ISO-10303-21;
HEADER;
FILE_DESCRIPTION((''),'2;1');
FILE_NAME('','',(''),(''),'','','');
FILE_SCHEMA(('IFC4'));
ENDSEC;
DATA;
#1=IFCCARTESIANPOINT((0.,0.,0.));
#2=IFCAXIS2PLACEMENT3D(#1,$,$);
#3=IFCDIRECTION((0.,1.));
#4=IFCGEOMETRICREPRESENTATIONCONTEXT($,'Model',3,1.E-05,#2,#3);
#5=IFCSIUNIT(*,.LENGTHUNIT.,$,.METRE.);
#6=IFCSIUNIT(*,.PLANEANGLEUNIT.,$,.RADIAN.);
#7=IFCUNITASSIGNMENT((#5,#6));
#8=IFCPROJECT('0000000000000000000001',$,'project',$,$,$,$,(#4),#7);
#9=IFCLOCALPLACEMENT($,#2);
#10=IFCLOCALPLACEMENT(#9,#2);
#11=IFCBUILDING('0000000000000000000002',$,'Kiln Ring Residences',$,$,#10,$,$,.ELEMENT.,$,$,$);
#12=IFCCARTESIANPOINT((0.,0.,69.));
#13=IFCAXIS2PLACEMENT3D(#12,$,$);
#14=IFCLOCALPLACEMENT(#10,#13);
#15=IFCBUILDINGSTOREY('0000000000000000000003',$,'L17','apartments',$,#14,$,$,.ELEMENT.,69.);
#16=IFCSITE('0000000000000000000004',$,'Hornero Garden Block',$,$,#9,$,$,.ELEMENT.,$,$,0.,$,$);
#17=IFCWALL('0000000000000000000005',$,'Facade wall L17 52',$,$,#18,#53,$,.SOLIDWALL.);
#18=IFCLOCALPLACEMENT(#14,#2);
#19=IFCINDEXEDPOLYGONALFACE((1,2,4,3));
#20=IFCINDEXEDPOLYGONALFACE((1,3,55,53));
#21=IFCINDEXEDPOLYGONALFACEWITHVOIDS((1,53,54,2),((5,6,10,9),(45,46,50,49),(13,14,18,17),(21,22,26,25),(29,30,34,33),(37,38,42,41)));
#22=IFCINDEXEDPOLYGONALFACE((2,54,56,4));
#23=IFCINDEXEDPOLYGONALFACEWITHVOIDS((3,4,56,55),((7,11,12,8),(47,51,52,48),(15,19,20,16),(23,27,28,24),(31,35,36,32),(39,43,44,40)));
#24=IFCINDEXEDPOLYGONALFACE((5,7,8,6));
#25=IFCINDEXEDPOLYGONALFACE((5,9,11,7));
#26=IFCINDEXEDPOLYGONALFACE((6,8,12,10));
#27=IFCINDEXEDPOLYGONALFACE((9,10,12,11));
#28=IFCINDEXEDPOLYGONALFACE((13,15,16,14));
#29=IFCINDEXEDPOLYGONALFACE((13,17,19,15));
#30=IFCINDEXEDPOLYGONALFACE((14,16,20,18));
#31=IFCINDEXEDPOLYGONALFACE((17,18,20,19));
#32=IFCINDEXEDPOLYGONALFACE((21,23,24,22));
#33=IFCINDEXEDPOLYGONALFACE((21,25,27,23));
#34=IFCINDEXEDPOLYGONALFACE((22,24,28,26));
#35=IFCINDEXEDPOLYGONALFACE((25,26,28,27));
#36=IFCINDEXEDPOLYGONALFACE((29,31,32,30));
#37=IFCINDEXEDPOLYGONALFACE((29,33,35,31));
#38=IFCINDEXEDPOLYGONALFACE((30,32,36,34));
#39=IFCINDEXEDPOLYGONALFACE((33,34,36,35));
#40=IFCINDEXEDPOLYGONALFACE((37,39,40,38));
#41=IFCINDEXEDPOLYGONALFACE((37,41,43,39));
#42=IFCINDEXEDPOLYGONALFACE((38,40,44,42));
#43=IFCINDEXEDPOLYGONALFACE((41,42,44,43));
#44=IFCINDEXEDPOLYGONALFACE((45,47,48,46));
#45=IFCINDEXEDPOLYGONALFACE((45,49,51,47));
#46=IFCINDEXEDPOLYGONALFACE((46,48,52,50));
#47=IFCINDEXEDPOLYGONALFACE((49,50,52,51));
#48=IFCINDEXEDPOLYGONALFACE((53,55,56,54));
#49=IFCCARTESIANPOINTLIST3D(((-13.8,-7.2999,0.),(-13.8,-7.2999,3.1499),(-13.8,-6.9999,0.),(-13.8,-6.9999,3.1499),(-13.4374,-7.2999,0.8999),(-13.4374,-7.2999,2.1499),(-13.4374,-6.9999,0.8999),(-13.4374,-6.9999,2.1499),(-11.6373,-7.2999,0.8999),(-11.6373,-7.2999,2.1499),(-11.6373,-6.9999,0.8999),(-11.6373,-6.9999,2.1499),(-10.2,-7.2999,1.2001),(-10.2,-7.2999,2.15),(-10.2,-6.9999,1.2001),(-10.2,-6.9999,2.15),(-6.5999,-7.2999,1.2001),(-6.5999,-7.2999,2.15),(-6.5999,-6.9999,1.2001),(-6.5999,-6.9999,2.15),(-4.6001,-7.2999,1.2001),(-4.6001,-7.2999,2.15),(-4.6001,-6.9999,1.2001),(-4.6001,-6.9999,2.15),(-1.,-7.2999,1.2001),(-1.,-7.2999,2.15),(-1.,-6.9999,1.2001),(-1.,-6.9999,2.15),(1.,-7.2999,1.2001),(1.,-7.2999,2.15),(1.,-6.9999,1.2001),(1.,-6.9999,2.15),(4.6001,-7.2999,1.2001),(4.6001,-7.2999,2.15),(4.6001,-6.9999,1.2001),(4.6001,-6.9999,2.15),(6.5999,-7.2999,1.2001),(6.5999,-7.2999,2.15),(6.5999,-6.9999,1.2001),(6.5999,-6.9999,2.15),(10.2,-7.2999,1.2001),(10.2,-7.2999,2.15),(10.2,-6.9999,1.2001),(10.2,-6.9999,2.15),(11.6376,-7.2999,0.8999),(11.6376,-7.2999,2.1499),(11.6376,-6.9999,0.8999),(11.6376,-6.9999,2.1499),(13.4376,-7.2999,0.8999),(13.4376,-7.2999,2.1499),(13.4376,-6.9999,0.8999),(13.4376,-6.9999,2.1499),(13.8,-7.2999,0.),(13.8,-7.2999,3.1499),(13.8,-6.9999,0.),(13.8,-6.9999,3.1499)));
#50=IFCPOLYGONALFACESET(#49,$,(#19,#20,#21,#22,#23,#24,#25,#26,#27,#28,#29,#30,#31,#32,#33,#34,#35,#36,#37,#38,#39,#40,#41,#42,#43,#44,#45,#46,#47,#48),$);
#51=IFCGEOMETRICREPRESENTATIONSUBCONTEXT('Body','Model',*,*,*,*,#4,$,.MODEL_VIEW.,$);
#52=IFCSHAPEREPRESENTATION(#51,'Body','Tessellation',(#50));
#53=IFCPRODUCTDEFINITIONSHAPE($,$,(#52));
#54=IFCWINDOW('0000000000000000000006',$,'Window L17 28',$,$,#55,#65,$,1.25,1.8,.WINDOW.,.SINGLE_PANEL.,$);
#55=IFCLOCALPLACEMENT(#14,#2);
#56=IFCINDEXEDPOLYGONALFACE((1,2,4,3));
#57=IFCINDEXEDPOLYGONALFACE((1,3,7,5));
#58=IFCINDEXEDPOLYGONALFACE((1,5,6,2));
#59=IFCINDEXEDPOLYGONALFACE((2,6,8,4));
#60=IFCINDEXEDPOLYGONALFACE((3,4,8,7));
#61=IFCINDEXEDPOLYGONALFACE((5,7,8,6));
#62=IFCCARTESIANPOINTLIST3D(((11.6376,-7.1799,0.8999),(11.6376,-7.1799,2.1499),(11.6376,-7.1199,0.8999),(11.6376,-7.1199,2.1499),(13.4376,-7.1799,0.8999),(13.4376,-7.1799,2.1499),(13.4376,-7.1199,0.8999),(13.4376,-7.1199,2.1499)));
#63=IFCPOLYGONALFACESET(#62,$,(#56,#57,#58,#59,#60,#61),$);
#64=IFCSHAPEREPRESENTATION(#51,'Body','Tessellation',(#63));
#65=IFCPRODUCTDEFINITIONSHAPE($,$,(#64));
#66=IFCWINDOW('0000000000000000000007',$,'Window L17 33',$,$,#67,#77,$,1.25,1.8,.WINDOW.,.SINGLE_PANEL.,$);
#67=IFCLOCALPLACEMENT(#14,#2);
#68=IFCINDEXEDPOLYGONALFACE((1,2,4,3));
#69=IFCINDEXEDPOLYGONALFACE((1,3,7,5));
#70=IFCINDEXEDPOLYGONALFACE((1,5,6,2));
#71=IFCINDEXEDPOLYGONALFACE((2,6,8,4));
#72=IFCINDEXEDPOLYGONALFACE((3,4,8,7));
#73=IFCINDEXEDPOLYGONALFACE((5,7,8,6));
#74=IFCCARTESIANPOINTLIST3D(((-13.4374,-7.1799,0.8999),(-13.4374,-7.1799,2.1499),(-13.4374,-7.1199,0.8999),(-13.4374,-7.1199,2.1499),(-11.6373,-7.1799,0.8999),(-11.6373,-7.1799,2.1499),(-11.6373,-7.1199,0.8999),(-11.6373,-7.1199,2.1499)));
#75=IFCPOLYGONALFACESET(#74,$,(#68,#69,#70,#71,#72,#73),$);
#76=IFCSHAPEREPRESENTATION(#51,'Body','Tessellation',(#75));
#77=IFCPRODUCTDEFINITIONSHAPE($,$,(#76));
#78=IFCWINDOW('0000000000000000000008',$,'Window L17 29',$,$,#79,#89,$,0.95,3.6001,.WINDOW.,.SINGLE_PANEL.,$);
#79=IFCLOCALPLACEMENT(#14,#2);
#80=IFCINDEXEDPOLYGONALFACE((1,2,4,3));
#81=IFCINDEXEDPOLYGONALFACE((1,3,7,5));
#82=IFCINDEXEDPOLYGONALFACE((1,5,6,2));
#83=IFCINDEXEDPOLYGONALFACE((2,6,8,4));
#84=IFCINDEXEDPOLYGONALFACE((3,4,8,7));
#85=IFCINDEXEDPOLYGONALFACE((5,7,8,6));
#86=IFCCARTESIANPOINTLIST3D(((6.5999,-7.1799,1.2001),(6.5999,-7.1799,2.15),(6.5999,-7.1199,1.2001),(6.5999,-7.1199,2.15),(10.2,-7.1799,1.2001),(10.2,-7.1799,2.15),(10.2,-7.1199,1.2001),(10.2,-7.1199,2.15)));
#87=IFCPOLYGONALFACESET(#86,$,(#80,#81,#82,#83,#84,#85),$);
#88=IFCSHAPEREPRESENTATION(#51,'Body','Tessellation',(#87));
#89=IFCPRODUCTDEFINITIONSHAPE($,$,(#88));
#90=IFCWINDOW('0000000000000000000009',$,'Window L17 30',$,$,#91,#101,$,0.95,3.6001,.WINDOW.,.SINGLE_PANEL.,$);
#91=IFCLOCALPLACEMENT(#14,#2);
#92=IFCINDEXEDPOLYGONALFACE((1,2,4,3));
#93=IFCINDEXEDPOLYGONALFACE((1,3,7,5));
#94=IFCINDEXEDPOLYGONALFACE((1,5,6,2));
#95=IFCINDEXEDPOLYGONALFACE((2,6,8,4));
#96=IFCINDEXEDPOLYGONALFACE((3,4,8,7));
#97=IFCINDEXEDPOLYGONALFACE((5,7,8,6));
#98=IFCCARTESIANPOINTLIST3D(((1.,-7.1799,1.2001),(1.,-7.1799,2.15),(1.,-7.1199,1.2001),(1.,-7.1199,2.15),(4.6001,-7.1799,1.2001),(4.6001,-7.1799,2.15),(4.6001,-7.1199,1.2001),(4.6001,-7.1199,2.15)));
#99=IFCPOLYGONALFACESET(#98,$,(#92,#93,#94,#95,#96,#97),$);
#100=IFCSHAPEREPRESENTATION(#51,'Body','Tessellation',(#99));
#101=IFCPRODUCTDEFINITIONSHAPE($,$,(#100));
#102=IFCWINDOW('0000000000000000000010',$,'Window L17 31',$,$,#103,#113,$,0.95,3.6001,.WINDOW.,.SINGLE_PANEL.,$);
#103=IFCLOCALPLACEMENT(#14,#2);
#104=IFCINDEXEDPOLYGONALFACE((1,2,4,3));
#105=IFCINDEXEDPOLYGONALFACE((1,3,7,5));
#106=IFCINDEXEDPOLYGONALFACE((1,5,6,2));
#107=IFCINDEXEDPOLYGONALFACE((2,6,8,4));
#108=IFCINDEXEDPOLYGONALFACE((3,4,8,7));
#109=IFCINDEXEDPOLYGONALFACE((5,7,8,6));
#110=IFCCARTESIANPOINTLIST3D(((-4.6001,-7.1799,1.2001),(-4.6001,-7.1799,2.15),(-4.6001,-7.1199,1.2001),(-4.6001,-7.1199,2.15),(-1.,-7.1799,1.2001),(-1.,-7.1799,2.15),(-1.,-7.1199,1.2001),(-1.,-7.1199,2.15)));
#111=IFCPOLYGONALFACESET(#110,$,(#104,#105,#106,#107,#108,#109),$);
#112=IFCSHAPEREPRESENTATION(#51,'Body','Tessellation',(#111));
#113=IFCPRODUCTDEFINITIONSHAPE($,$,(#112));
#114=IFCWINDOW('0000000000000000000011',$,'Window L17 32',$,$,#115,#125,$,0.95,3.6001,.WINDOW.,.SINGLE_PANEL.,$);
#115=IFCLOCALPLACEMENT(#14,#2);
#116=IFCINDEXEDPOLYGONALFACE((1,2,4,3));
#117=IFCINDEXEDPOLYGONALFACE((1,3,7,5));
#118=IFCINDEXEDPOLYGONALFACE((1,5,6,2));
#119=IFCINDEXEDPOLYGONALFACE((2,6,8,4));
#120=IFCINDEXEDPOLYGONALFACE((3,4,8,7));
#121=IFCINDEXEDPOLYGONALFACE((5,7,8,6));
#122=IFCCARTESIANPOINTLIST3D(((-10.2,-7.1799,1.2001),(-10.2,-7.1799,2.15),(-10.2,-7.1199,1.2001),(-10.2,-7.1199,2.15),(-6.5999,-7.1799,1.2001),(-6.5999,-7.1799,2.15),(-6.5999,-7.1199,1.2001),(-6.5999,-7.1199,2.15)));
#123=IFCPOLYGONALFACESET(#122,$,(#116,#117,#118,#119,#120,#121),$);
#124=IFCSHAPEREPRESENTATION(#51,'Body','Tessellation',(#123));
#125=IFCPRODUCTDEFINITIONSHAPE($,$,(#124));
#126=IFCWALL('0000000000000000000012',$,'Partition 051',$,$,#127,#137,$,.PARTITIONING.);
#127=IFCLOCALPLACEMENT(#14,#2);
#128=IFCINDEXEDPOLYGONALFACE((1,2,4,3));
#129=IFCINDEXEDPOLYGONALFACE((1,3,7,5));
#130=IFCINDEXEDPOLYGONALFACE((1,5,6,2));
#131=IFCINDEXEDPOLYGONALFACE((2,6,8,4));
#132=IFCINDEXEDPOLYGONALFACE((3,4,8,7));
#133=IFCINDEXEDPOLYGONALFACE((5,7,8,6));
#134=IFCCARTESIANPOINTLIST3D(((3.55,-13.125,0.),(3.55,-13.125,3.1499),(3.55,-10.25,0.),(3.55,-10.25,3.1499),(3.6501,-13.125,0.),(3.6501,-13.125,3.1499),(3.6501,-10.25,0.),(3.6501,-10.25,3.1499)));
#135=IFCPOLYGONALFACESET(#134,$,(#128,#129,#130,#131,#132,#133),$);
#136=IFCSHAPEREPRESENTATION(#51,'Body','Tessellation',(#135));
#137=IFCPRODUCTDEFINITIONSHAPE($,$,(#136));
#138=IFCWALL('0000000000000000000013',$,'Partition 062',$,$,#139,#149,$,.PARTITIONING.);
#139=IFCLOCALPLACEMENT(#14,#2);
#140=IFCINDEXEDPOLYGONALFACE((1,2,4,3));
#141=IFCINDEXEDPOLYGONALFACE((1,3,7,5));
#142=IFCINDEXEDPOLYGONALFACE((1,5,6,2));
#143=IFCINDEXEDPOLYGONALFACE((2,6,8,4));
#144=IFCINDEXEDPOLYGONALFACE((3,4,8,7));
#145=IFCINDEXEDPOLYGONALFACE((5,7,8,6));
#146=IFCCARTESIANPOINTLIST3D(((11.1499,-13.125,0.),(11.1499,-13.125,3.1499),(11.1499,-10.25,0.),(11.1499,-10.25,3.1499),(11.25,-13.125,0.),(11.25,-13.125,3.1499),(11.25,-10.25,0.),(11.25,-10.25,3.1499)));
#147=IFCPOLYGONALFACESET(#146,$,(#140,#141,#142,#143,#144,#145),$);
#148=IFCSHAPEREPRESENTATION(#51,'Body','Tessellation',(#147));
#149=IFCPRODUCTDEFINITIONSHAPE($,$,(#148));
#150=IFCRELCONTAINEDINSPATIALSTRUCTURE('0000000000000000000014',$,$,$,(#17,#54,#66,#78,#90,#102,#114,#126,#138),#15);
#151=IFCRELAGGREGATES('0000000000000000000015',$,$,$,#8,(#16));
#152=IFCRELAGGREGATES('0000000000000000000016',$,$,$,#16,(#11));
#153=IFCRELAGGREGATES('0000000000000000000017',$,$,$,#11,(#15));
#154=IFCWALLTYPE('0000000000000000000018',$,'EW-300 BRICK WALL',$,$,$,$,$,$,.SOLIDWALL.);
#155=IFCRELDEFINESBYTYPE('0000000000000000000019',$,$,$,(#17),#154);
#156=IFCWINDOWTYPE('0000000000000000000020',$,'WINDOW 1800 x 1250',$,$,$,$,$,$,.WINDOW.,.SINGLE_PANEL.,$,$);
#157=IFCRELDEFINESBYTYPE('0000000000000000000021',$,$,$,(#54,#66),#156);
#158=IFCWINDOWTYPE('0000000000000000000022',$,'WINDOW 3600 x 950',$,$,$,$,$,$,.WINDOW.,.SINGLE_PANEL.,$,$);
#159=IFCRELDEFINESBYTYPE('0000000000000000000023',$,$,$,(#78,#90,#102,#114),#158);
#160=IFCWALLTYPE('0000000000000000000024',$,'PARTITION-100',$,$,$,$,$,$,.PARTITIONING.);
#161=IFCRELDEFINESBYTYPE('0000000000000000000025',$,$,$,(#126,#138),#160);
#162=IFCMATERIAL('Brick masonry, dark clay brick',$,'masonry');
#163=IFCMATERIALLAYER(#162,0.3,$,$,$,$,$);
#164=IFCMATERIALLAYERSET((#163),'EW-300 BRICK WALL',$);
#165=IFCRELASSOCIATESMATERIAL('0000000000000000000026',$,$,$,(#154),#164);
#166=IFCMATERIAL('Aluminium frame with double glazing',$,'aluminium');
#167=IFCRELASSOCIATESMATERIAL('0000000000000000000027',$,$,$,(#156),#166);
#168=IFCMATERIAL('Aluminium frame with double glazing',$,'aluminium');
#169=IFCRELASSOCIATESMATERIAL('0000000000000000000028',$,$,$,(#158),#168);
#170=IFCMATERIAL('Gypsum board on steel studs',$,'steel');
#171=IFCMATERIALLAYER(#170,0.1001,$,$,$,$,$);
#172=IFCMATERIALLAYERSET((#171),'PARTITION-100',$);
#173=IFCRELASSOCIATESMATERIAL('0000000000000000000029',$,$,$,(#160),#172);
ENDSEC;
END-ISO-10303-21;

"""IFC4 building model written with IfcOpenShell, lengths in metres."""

from ifc_helpers import new_model, si_unit, direction, frame, frame_2d, origin, place, context, subcontext, project, spatial, rectangle, extrude, material, layer, layer_set, type_object, element, fill, save


model = new_model("IFC4")

# Units and contexts
model_context = context("Model", 3, precision=1e-05, world=origin(), true_north=direction((0.0, 1.0)))
body_context = subcontext(model_context, "Body", "Model", "MODEL_VIEW")
ifc_project = project(units=[si_unit("LENGTHUNIT", "METRE"), si_unit("PLANEANGLEUNIT", "RADIAN")], contexts=[model_context])

# Site, building, storey
site_placement = place(None, origin())
site = spatial("IfcSite", under=ifc_project, at=site_placement, Name="Hornero Garden Block", CompositionType="ELEMENT", RefElevation=0.0)
building_placement = place(site_placement, origin())
building = spatial("IfcBuilding", under=site, at=building_placement, Name="Kiln Ring Residences", CompositionType="ELEMENT")
storey_placement = place(building_placement, frame((0.0, 0.0, 69.0)))
storey = spatial("IfcBuildingStorey", under=building, at=storey_placement, Name="L17", Description="apartments", CompositionType="ELEMENT", Elevation=69.0)

# Wall, openings, windows
ifc_material_1 = material(Name="Brick masonry, dark clay brick", Category="masonry")
ifc_layer_1 = layer(ifc_material_1, 0.3)
ifc_layer_set_1 = layer_set([ifc_layer_1], Name="EW-300 BRICK WALL")
wall_type_1 = type_object("IfcWallType", Name="EW-300 BRICK WALL", PredefinedType="SOLIDWALL", material=ifc_layer_set_1)
wall_1_placement = place(storey_placement, frame((13.8, -7.1499, 0.0), z_axis=(0.0, 0.0, 1.0), x_axis=(-1.0, 0.0, 0.0)))
wall_1 = element("IfcWall", 1, at=wall_1_placement, inside=storey, type_object=wall_type_1, Name="Facade wall L17 52", PredefinedType="SOLIDWALL", context=body_context, shape_type="SweptSolid", body=[
    extrude(rectangle(XDim=27.6001, YDim=0.3, at=frame_2d((13.8, 0.0))), origin(), (0.0, 0.0, 1.0), 3.1499),
])
opening_1_placement = place(wall_1_placement, frame((0.3625, 0.0, 0.8999)))
opening_1 = element("IfcOpeningElement", 2, at=opening_1_placement, cuts=wall_1, PredefinedType="OPENING", context=body_context, shape_type="SweptSolid", body=[
    extrude(rectangle(XDim=1.8, YDim=1.25, at=frame_2d((0.8999, 0.625))), frame((0.0, 0.1599, 0.0), z_axis=(0.0, -1.0, 0.0), x_axis=(1.0, 0.0, 0.0)), (0.0, 0.0, 1.0), 0.3201),
])
opening_2_placement = place(wall_1_placement, frame((3.6001, 0.0, 1.2)))
opening_2 = element("IfcOpeningElement", 3, at=opening_2_placement, cuts=wall_1, PredefinedType="OPENING", context=body_context, shape_type="SweptSolid", body=[
    extrude(rectangle(XDim=3.6001, YDim=0.95, at=frame_2d((1.8, 0.4751))), frame((0.0, 0.1599, 0.0), z_axis=(0.0, -1.0, 0.0), x_axis=(1.0, 0.0, 0.0)), (0.0, 0.0, 1.0), 0.3201),
])
opening_3_placement = place(wall_1_placement, frame((9.2, 0.0, 1.2)))
opening_3 = element("IfcOpeningElement", 4, at=opening_3_placement, cuts=wall_1, PredefinedType="OPENING", context=body_context, shape_type="SweptSolid", body=[
    extrude(rectangle(XDim=3.6001, YDim=0.95, at=frame_2d((1.8, 0.4751))), frame((0.0, 0.1599, 0.0), z_axis=(0.0, -1.0, 0.0), x_axis=(1.0, 0.0, 0.0)), (0.0, 0.0, 1.0), 0.3201),
])
opening_4_placement = place(wall_1_placement, frame((14.8, 0.0, 1.2)))
opening_4 = element("IfcOpeningElement", 5, at=opening_4_placement, cuts=wall_1, PredefinedType="OPENING", context=body_context, shape_type="SweptSolid", body=[
    extrude(rectangle(XDim=3.6001, YDim=0.95, at=frame_2d((1.8, 0.4751))), frame((0.0, 0.1599, 0.0), z_axis=(0.0, -1.0, 0.0), x_axis=(1.0, 0.0, 0.0)), (0.0, 0.0, 1.0), 0.3201),
])
opening_5_placement = place(wall_1_placement, frame((20.3999, 0.0, 1.2)))
opening_5 = element("IfcOpeningElement", 6, at=opening_5_placement, cuts=wall_1, PredefinedType="OPENING", context=body_context, shape_type="SweptSolid", body=[
    extrude(rectangle(XDim=3.6001, YDim=0.95, at=frame_2d((1.8, 0.4751))), frame((0.0, 0.1599, 0.0), z_axis=(0.0, -1.0, 0.0), x_axis=(1.0, 0.0, 0.0)), (0.0, 0.0, 1.0), 0.3201),
])
opening_6_placement = place(wall_1_placement, frame((25.4375, 0.0, 0.8999)))
opening_6 = element("IfcOpeningElement", 7, at=opening_6_placement, cuts=wall_1, PredefinedType="OPENING", context=body_context, shape_type="SweptSolid", body=[
    extrude(rectangle(XDim=1.8, YDim=1.25, at=frame_2d((0.8999, 0.625))), frame((0.0, 0.1599, 0.0), z_axis=(0.0, -1.0, 0.0), x_axis=(1.0, 0.0, 0.0)), (0.0, 0.0, 1.0), 0.3201),
])
ifc_material_2 = material(Name="Aluminium frame with double glazing", Category="aluminium")
window_type_1 = type_object("IfcWindowType", Name="WINDOW 1800 x 1250", PartitioningType="SINGLE_PANEL", PredefinedType="WINDOW", material=ifc_material_2)
window_1_placement = place(opening_1_placement, origin())
window_1 = element("IfcWindow", 8, at=window_1_placement, inside=storey, type_object=window_type_1, Name="Window L17 28", OverallHeight=1.25, OverallWidth=1.8, PartitioningType="SINGLE_PANEL", PredefinedType="WINDOW", context=body_context, shape_type="SweptSolid", body=[
    extrude(rectangle(XDim=1.8, YDim=1.25, at=frame_2d((0.8999, 0.625))), frame((0.0, 0.03, 0.0), z_axis=(0.0, -1.0, 0.0), x_axis=(1.0, 0.0, 0.0)), (0.0, 0.0, 1.0), 0.0601),
])
fill(opening_1, window_1)
window_2_placement = place(opening_6_placement, origin())
window_2 = element("IfcWindow", 9, at=window_2_placement, inside=storey, type_object=window_type_1, Name="Window L17 33", OverallHeight=1.25, OverallWidth=1.8, PartitioningType="SINGLE_PANEL", PredefinedType="WINDOW", context=body_context, shape_type="SweptSolid", body=[
    extrude(rectangle(XDim=1.8, YDim=1.25, at=frame_2d((0.8999, 0.625))), frame((0.0, 0.03, 0.0), z_axis=(0.0, -1.0, 0.0), x_axis=(1.0, 0.0, 0.0)), (0.0, 0.0, 1.0), 0.0601),
])
fill(opening_6, window_2)
ifc_material_3 = material(Name="Aluminium frame with double glazing", Category="aluminium")
window_type_2 = type_object("IfcWindowType", Name="WINDOW 3600 x 950", PartitioningType="SINGLE_PANEL", PredefinedType="WINDOW", material=ifc_material_3)
window_3_placement = place(opening_2_placement, origin())
window_3 = element("IfcWindow", 10, at=window_3_placement, inside=storey, type_object=window_type_2, Name="Window L17 29", OverallHeight=0.95, OverallWidth=3.6001, PartitioningType="SINGLE_PANEL", PredefinedType="WINDOW", context=body_context, shape_type="SweptSolid", body=[
    extrude(rectangle(XDim=3.6001, YDim=0.95, at=frame_2d((1.8, 0.4751))), frame((0.0, 0.03, 0.0), z_axis=(0.0, -1.0, 0.0), x_axis=(1.0, 0.0, 0.0)), (0.0, 0.0, 1.0), 0.0601),
])
fill(opening_2, window_3)
window_4_placement = place(opening_3_placement, origin())
window_4 = element("IfcWindow", 11, at=window_4_placement, inside=storey, type_object=window_type_2, Name="Window L17 30", OverallHeight=0.95, OverallWidth=3.6001, PartitioningType="SINGLE_PANEL", PredefinedType="WINDOW", context=body_context, shape_type="SweptSolid", body=[
    extrude(rectangle(XDim=3.6001, YDim=0.95, at=frame_2d((1.8, 0.4751))), frame((0.0, 0.03, 0.0), z_axis=(0.0, -1.0, 0.0), x_axis=(1.0, 0.0, 0.0)), (0.0, 0.0, 1.0), 0.0601),
])
fill(opening_3, window_4)
window_5_placement = place(opening_4_placement, origin())
window_5 = element("IfcWindow", 12, at=window_5_placement, inside=storey, type_object=window_type_2, Name="Window L17 31", OverallHeight=0.95, OverallWidth=3.6001, PartitioningType="SINGLE_PANEL", PredefinedType="WINDOW", context=body_context, shape_type="SweptSolid", body=[
    extrude(rectangle(XDim=3.6001, YDim=0.95, at=frame_2d((1.8, 0.4751))), frame((0.0, 0.03, 0.0), z_axis=(0.0, -1.0, 0.0), x_axis=(1.0, 0.0, 0.0)), (0.0, 0.0, 1.0), 0.0601),
])
fill(opening_4, window_5)
window_6_placement = place(opening_5_placement, origin())
window_6 = element("IfcWindow", 13, at=window_6_placement, inside=storey, type_object=window_type_2, Name="Window L17 32", OverallHeight=0.95, OverallWidth=3.6001, PartitioningType="SINGLE_PANEL", PredefinedType="WINDOW", context=body_context, shape_type="SweptSolid", body=[
    extrude(rectangle(XDim=3.6001, YDim=0.95, at=frame_2d((1.8, 0.4751))), frame((0.0, 0.03, 0.0), z_axis=(0.0, -1.0, 0.0), x_axis=(1.0, 0.0, 0.0)), (0.0, 0.0, 1.0), 0.0601),
])
fill(opening_5, window_6)

# Walls
ifc_material_4 = material(Name="Gypsum board on steel studs", Category="steel")
ifc_layer_2 = layer(ifc_material_4, 0.1001)
ifc_layer_set_2 = layer_set([ifc_layer_2], Name="PARTITION-100")
wall_type_2 = type_object("IfcWallType", Name="PARTITION-100", PredefinedType="PARTITIONING", material=ifc_layer_set_2)
for number, where, z_axis, x_axis, name in (
    (14, (3.6001, -13.125, 0.0), (0.0, 0.0, 1.0), (0.0, 1.0, 0.0), "Partition 051"),
    (15, (11.2, -13.125, 0.0), (0.0, 0.0, 1.0), (0.0, 1.0, 0.0), "Partition 062"),
):
    element("IfcWall", number, at=place(storey_placement, frame(where, z_axis=z_axis, x_axis=x_axis)), inside=storey, type_object=wall_type_2, Name=name, PredefinedType="PARTITIONING", context=body_context, shape_type="SweptSolid", body=[
        extrude(rectangle(XDim=2.875, YDim=0.1001, at=frame_2d((1.4375, 0.0))), origin(), (0.0, 0.0, 1.0), 3.1499),
    ])

save(model, "model.ifc")
